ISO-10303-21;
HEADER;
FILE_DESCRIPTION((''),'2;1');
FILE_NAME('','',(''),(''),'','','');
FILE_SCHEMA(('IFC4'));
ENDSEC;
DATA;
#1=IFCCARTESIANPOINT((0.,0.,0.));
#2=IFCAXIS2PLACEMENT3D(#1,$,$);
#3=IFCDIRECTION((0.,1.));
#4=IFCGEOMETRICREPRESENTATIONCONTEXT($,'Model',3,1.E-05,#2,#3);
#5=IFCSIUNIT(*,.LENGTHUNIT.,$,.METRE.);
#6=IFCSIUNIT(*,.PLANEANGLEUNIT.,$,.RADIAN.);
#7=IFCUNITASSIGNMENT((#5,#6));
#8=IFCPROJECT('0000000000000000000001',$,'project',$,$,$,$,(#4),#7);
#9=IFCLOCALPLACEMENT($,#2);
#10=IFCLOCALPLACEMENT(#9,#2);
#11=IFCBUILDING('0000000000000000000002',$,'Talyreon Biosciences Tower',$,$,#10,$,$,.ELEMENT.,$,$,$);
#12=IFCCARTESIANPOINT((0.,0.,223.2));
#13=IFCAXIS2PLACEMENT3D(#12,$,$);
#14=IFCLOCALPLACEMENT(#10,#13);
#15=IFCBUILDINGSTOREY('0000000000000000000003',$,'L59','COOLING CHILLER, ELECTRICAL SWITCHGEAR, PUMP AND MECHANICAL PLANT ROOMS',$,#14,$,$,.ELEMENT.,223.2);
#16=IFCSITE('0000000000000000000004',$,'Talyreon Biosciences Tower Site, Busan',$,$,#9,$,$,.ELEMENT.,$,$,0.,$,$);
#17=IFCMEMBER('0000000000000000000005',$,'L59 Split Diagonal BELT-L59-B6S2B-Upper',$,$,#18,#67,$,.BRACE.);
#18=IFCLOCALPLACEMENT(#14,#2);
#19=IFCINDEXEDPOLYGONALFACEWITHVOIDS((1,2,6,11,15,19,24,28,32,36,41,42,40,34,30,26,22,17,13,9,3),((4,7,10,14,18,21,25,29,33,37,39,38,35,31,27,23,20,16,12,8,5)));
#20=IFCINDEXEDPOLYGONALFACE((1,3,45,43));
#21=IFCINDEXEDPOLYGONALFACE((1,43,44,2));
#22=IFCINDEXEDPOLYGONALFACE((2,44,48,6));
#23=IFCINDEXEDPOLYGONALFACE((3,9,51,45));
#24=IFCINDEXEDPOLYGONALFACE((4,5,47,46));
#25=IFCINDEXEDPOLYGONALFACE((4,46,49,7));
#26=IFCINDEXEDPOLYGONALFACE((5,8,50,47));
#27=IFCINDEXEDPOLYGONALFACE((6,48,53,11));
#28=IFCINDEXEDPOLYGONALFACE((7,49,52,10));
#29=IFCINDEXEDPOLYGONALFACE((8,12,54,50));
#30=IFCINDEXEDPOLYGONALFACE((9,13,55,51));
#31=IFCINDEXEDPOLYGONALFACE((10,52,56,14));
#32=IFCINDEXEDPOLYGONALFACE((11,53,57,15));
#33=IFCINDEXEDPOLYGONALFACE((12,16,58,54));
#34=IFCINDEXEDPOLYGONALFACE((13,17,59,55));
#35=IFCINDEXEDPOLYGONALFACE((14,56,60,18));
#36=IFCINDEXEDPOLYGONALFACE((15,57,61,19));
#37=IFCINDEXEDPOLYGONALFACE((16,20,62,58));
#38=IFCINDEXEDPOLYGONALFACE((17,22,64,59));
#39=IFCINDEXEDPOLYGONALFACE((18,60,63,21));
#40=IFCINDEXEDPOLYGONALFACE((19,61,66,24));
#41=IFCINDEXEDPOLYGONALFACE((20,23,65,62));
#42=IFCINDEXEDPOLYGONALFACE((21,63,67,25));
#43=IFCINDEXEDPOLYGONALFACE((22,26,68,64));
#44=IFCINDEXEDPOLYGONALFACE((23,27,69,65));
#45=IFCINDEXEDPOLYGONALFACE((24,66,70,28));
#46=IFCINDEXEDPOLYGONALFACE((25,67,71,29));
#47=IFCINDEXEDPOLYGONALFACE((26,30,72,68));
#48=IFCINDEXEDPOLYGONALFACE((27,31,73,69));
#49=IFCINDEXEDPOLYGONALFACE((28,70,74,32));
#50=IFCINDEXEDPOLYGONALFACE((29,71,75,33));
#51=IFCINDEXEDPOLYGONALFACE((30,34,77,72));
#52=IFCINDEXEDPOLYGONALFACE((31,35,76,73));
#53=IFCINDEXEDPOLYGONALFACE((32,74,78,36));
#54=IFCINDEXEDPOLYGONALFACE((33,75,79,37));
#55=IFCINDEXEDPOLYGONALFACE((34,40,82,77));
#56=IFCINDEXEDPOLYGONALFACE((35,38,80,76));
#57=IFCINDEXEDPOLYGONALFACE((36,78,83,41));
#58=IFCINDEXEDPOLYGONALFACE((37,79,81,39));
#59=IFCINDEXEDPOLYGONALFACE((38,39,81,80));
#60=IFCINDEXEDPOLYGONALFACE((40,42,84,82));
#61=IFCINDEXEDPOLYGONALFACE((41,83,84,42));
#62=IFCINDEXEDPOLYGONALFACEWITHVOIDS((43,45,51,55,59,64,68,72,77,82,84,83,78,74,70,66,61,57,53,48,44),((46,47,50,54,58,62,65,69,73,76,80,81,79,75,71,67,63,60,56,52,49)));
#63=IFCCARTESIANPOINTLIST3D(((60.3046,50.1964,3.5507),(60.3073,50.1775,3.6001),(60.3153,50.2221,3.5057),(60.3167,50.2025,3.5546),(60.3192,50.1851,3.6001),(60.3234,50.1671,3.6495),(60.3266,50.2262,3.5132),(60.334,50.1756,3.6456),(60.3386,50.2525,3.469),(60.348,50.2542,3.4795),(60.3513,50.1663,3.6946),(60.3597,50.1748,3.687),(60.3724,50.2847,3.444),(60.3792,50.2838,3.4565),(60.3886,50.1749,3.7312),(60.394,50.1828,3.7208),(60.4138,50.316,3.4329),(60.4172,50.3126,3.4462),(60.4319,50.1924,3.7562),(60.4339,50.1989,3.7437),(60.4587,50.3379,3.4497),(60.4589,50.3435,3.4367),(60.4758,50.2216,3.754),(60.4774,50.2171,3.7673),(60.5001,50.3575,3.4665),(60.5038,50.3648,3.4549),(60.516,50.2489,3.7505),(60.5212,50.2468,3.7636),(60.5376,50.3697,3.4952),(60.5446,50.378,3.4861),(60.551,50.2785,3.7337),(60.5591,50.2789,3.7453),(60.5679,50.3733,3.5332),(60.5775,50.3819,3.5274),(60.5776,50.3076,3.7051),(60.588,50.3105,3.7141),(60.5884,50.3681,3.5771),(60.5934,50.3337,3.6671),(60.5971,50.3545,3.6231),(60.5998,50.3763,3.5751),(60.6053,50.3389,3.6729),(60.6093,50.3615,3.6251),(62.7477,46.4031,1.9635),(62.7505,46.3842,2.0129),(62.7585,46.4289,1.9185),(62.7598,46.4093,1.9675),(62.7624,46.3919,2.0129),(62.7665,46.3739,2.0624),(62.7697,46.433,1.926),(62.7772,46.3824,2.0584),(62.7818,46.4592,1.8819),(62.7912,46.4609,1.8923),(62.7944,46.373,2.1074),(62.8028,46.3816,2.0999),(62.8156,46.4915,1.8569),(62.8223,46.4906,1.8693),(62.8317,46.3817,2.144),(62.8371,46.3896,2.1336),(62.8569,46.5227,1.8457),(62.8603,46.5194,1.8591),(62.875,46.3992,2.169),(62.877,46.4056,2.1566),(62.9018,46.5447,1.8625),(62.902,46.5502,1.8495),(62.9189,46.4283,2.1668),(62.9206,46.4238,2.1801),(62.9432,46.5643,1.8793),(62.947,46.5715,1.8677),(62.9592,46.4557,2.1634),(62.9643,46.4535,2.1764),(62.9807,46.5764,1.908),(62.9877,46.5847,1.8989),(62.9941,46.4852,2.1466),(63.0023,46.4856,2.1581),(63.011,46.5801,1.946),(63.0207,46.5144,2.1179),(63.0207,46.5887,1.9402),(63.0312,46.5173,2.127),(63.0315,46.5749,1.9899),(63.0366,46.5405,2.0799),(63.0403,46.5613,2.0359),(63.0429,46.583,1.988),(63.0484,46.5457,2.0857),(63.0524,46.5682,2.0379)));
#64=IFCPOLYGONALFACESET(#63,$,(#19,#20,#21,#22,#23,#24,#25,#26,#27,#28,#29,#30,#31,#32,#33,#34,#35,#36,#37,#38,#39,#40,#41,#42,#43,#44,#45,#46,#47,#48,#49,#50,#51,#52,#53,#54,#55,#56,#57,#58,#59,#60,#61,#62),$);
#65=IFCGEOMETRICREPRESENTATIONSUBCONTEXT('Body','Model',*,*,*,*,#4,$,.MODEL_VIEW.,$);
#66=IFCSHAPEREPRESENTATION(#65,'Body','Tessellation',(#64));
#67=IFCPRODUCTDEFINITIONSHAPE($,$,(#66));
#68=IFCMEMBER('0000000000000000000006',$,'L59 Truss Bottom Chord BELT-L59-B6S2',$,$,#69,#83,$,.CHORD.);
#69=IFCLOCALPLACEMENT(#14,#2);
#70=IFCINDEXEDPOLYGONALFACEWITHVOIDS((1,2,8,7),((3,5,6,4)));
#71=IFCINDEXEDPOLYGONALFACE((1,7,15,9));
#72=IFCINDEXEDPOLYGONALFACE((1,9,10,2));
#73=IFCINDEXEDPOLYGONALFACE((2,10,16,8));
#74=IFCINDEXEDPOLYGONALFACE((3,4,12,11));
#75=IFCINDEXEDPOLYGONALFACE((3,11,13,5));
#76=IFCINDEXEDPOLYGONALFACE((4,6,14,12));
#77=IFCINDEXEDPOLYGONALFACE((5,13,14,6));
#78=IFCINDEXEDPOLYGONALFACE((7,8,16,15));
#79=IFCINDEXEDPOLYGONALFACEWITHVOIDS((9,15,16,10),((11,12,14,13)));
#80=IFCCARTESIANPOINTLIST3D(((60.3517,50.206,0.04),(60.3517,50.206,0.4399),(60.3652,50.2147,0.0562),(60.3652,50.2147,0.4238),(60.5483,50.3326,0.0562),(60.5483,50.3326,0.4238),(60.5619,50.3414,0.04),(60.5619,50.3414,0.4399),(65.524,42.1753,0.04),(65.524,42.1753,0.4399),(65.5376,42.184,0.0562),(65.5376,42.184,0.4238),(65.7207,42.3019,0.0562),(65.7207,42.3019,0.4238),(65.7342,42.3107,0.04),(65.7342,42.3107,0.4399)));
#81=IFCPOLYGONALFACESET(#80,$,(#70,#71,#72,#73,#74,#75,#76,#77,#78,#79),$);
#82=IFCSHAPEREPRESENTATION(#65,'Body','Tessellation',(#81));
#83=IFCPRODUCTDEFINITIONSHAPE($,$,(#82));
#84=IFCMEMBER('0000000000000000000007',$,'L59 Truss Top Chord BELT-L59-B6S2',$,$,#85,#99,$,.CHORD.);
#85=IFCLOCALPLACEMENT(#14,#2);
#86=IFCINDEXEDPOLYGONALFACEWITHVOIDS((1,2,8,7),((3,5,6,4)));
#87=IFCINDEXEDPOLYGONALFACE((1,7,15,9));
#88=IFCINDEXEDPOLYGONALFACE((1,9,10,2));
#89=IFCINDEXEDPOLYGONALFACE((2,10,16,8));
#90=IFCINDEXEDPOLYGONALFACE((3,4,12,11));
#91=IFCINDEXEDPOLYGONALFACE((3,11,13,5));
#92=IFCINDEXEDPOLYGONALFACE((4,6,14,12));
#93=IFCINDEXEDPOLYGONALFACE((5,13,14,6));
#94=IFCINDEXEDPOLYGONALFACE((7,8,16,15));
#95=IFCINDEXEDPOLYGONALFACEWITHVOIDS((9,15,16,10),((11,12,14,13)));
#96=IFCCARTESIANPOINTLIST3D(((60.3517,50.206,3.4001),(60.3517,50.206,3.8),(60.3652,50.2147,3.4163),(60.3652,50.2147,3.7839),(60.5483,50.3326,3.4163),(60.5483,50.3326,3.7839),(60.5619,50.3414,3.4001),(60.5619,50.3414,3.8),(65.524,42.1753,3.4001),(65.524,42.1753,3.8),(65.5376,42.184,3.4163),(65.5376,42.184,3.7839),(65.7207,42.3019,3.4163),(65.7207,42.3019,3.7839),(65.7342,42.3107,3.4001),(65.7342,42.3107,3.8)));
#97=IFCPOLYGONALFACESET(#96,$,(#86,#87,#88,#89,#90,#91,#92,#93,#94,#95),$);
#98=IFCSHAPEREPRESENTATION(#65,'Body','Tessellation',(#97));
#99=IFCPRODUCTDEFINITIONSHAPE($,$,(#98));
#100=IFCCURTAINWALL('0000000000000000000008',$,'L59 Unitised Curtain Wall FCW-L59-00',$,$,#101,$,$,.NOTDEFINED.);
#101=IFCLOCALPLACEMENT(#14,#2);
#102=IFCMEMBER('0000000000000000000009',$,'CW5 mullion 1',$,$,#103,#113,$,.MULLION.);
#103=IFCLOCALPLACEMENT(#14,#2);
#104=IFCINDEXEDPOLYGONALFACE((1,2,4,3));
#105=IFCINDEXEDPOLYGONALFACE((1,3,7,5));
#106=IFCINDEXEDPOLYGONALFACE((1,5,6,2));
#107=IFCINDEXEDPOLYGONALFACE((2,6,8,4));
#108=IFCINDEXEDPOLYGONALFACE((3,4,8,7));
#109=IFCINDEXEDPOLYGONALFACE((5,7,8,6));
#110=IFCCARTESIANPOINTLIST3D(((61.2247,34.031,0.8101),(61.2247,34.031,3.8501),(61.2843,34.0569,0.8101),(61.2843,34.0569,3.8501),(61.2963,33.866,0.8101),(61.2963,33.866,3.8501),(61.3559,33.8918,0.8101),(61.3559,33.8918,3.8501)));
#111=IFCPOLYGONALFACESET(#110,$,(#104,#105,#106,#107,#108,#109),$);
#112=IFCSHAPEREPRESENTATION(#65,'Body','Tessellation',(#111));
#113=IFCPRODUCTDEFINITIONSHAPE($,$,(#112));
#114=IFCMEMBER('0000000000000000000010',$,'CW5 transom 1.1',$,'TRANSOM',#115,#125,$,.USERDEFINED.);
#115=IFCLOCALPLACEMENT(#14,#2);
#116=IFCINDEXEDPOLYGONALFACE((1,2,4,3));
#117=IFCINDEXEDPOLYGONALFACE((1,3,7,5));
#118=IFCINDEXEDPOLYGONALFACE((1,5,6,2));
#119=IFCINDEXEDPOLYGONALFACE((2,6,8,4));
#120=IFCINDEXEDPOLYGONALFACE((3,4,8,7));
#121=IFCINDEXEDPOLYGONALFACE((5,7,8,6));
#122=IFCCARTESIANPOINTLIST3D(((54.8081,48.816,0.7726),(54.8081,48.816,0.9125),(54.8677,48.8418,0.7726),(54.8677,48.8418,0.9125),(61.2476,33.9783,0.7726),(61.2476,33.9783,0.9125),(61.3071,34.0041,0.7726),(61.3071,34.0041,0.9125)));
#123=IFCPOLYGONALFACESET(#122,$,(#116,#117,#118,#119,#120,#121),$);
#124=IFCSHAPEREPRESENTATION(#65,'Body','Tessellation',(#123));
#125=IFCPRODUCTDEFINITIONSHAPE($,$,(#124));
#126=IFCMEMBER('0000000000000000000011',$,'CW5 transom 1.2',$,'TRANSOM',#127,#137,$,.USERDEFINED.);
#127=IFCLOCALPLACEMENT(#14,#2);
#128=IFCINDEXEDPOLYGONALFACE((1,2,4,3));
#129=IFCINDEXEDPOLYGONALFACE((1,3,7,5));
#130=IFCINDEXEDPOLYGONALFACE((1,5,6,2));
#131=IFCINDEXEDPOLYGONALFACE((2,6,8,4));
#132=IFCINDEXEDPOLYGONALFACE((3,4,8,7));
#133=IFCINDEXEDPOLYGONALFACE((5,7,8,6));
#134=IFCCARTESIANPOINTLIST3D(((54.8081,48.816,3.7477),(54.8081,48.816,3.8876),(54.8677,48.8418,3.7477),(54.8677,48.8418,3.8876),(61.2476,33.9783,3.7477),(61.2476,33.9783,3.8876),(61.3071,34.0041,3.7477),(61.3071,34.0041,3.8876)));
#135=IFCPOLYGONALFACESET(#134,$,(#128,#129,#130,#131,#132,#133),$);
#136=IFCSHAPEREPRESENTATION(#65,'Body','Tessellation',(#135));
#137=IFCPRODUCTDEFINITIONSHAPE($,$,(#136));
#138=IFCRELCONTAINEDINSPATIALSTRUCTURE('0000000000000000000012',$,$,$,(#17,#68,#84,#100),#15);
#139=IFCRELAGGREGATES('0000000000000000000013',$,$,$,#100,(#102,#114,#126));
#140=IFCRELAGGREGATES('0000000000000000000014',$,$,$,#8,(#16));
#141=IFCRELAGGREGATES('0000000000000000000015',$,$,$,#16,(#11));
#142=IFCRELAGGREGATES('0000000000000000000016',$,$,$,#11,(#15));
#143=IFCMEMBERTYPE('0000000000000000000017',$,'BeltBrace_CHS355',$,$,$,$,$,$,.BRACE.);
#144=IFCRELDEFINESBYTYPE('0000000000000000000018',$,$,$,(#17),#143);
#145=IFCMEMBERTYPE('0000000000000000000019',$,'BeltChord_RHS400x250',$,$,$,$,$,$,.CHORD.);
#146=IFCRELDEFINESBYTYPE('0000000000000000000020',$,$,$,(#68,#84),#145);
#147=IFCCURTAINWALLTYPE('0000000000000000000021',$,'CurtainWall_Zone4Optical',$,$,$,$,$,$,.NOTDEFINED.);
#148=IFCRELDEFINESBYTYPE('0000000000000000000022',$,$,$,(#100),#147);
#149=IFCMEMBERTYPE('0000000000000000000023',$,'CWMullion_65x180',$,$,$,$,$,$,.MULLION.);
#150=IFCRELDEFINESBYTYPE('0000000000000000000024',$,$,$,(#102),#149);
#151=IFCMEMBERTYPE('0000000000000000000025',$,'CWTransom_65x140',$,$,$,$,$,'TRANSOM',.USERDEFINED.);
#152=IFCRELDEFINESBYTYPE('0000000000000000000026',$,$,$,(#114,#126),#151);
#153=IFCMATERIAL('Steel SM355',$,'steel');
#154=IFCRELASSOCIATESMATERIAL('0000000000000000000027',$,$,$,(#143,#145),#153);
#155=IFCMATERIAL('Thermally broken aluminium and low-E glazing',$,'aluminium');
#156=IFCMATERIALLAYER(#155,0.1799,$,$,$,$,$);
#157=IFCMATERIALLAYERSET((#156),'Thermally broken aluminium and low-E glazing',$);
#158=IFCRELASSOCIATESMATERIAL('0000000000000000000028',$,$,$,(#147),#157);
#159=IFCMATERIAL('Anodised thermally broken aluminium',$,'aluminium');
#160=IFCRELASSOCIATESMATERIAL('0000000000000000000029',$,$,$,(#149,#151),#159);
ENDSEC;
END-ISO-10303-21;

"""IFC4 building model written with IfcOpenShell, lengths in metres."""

from ifc_helpers import new_model, si_unit, direction, frame, origin, origin_2d, place, context, subcontext, project, spatial, rectangle, hollow_rectangle, hollow_circle, extrude, material, layer, layer_set, material_profile, profile_set, type_object, element, aggregate, save


model = new_model("IFC4")

# Units and contexts
model_context = context("Model", 3, precision=1e-05, world=origin(), true_north=direction((0.0, 1.0)))
body_context = subcontext(model_context, "Body", "Model", "MODEL_VIEW")
ifc_project = project(units=[si_unit("LENGTHUNIT", "METRE"), si_unit("PLANEANGLEUNIT", "RADIAN")], contexts=[model_context])

# Site, building, storey
site_placement = place(None, origin())
site = spatial("IfcSite", under=ifc_project, at=site_placement, Name="Talyreon Biosciences Tower Site, Busan", CompositionType="ELEMENT", RefElevation=0.0)
building_placement = place(site_placement, origin())
building = spatial("IfcBuilding", under=site, at=building_placement, Name="Talyreon Biosciences Tower", CompositionType="ELEMENT")
storey_placement = place(building_placement, frame((0.0, 0.0, 223.2)))
storey = spatial("IfcBuildingStorey", under=building, at=storey_placement, Name="L59", Description="COOLING CHILLER, ELECTRICAL SWITCHGEAR, PUMP AND MECHANICAL PLANT ROOMS", CompositionType="ELEMENT", Elevation=223.2)

# Members
ifc_material_1 = material(Name="Steel SM355", Category="steel")
ifc_material_profile_1 = material_profile(ifc_material_1, hollow_circle(Radius=0.1777, WallThickness=0.0142, at=origin_2d()), Name="CHS 355.6x14.2")
ifc_profile_set_1 = profile_set([ifc_material_profile_1], Name="Steel SM355")
member_type_1 = type_object("IfcMemberType", Name="BeltBrace_CHS355", PredefinedType="BRACE", material=ifc_profile_set_1)
for number, where, z_axis, x_axis, name in (
    (1, (62.8999, 46.4805, 2.0129), (-0.5108, 0.793074, 0.331839), (-0.840712, -0.541482, 0.0), "L59 Split Diagonal BELT-L59-B6S2B-Upper"),
):
    element("IfcMember", number, at=place(storey_placement, frame(where, z_axis=z_axis, x_axis=x_axis)), inside=storey, type_object=member_type_1, Name=name, PredefinedType="BRACE", context=body_context, shape_type="SweptSolid", body=[
        extrude(hollow_circle(Radius=0.1777, WallThickness=0.0142, at=origin_2d()), origin(), (0.0, 0.0, 1.0), 4.783),
    ])
ifc_material_profile_2 = material_profile(ifc_material_1, hollow_rectangle(XDim=0.25, YDim=0.3999, WallThickness=0.0161, at=origin_2d()), Name="RHS 400x250x16")
ifc_profile_set_2 = profile_set([ifc_material_profile_2], Name="Steel SM355")
member_type_2 = type_object("IfcMemberType", Name="BeltChord_RHS400x250", PredefinedType="CHORD", material=ifc_profile_set_2)
for number, where, z_axis, x_axis, name in (
    (2, (60.4568, 50.2737, 0.24), (0.541478, -0.840715, 0.0), (0.840715, 0.541478, 0.0), "L59 Truss Bottom Chord BELT-L59-B6S2"),
    (3, (60.4568, 50.2737, 3.6001), (0.541478, -0.840715, 0.0), (0.840715, 0.541478, 0.0), "L59 Truss Top Chord BELT-L59-B6S2"),
):
    element("IfcMember", number, at=place(storey_placement, frame(where, z_axis=z_axis, x_axis=x_axis)), inside=storey, type_object=member_type_2, Name=name, PredefinedType="CHORD", context=body_context, shape_type="SweptSolid", body=[
        extrude(hollow_rectangle(XDim=0.25, YDim=0.3999, WallThickness=0.0161, at=origin_2d()), origin(), (0.0, 0.0, 1.0), 9.5522),
    ])

# Curtain wall, members
ifc_material_2 = material(Name="Thermally broken aluminium and low-E glazing", Category="aluminium")
ifc_layer_1 = layer(ifc_material_2, 0.1799)
ifc_layer_set_1 = layer_set([ifc_layer_1], Name="Thermally broken aluminium and low-E glazing")
curtain_wall_type = type_object("IfcCurtainWallType", Name="CurtainWall_Zone4Optical", PredefinedType="NOTDEFINED", material=ifc_layer_set_1)
curtain_wall_placement = place(storey_placement, origin())
curtain_wall = element("IfcCurtainWall", 4, at=curtain_wall_placement, inside=storey, type_object=curtain_wall_type, Name="L59 Unitised Curtain Wall FCW-L59-00", PredefinedType="NOTDEFINED")
ifc_material_3 = material(Name="Anodised thermally broken aluminium", Category="aluminium")
ifc_material_profile_3 = material_profile(ifc_material_3, rectangle(XDim=0.0649, YDim=0.1799, at=origin_2d()), Name="ALUM MULLION 65x180")
ifc_profile_set_3 = profile_set([ifc_material_profile_3], Name="Anodised thermally broken aluminium")
member_type_3 = type_object("IfcMemberType", Name="CWMullion_65x180", PredefinedType="MULLION", material=ifc_profile_set_3)
member_1_placement = place(storey_placement, frame((61.2903, 33.9614, 0.8101), z_axis=(0.0, 0.0, 1.0), x_axis=(-0.917337, -0.398112, 0.0)))
member_1 = element("IfcMember", 5, at=member_1_placement, type_object=member_type_3, Name="CW5 mullion 1", PredefinedType="MULLION", context=body_context, shape_type="SweptSolid", body=[
    extrude(rectangle(XDim=0.0649, YDim=0.1799, at=origin_2d()), origin(), (0.0, 0.0, 1.0), 3.04),
])
ifc_material_profile_4 = material_profile(ifc_material_3, rectangle(XDim=0.0649, YDim=0.1399, at=origin_2d()), Name="ALUM TRANSOM 65x140")
ifc_profile_set_4 = profile_set([ifc_material_profile_4], Name="Anodised thermally broken aluminium")
member_type_4 = type_object("IfcMemberType", Name="CWTransom_65x140", ElementType="TRANSOM", PredefinedType="USERDEFINED", material=ifc_profile_set_4)
member_2_placement = place(storey_placement, frame((61.2773, 33.9912, 0.8425), z_axis=(-0.398118, 0.917334, 0.0), x_axis=(-0.917334, -0.398118, 0.0)))
member_2 = element("IfcMember", 6, at=member_2_placement, type_object=member_type_4, Name="CW5 transom 1.1", ObjectType="TRANSOM", PredefinedType="USERDEFINED", context=body_context, shape_type="SweptSolid", body=[
    extrude(rectangle(XDim=0.0649, YDim=0.1399, at=origin_2d()), origin(), (0.0, 0.0, 1.0), 16.1748),
])
member_3_placement = place(storey_placement, frame((61.2773, 33.9912, 3.8176), z_axis=(-0.398118, 0.917334, 0.0), x_axis=(-0.917334, -0.398118, 0.0)))
member_3 = element("IfcMember", 7, at=member_3_placement, type_object=member_type_4, Name="CW5 transom 1.2", ObjectType="TRANSOM", PredefinedType="USERDEFINED", context=body_context, shape_type="SweptSolid", body=[
    extrude(rectangle(XDim=0.0649, YDim=0.1399, at=origin_2d()), origin(), (0.0, 0.0, 1.0), 16.1748),
])

aggregate(curtain_wall, [member_1, member_2, member_3])

save(model, "model.ifc")
